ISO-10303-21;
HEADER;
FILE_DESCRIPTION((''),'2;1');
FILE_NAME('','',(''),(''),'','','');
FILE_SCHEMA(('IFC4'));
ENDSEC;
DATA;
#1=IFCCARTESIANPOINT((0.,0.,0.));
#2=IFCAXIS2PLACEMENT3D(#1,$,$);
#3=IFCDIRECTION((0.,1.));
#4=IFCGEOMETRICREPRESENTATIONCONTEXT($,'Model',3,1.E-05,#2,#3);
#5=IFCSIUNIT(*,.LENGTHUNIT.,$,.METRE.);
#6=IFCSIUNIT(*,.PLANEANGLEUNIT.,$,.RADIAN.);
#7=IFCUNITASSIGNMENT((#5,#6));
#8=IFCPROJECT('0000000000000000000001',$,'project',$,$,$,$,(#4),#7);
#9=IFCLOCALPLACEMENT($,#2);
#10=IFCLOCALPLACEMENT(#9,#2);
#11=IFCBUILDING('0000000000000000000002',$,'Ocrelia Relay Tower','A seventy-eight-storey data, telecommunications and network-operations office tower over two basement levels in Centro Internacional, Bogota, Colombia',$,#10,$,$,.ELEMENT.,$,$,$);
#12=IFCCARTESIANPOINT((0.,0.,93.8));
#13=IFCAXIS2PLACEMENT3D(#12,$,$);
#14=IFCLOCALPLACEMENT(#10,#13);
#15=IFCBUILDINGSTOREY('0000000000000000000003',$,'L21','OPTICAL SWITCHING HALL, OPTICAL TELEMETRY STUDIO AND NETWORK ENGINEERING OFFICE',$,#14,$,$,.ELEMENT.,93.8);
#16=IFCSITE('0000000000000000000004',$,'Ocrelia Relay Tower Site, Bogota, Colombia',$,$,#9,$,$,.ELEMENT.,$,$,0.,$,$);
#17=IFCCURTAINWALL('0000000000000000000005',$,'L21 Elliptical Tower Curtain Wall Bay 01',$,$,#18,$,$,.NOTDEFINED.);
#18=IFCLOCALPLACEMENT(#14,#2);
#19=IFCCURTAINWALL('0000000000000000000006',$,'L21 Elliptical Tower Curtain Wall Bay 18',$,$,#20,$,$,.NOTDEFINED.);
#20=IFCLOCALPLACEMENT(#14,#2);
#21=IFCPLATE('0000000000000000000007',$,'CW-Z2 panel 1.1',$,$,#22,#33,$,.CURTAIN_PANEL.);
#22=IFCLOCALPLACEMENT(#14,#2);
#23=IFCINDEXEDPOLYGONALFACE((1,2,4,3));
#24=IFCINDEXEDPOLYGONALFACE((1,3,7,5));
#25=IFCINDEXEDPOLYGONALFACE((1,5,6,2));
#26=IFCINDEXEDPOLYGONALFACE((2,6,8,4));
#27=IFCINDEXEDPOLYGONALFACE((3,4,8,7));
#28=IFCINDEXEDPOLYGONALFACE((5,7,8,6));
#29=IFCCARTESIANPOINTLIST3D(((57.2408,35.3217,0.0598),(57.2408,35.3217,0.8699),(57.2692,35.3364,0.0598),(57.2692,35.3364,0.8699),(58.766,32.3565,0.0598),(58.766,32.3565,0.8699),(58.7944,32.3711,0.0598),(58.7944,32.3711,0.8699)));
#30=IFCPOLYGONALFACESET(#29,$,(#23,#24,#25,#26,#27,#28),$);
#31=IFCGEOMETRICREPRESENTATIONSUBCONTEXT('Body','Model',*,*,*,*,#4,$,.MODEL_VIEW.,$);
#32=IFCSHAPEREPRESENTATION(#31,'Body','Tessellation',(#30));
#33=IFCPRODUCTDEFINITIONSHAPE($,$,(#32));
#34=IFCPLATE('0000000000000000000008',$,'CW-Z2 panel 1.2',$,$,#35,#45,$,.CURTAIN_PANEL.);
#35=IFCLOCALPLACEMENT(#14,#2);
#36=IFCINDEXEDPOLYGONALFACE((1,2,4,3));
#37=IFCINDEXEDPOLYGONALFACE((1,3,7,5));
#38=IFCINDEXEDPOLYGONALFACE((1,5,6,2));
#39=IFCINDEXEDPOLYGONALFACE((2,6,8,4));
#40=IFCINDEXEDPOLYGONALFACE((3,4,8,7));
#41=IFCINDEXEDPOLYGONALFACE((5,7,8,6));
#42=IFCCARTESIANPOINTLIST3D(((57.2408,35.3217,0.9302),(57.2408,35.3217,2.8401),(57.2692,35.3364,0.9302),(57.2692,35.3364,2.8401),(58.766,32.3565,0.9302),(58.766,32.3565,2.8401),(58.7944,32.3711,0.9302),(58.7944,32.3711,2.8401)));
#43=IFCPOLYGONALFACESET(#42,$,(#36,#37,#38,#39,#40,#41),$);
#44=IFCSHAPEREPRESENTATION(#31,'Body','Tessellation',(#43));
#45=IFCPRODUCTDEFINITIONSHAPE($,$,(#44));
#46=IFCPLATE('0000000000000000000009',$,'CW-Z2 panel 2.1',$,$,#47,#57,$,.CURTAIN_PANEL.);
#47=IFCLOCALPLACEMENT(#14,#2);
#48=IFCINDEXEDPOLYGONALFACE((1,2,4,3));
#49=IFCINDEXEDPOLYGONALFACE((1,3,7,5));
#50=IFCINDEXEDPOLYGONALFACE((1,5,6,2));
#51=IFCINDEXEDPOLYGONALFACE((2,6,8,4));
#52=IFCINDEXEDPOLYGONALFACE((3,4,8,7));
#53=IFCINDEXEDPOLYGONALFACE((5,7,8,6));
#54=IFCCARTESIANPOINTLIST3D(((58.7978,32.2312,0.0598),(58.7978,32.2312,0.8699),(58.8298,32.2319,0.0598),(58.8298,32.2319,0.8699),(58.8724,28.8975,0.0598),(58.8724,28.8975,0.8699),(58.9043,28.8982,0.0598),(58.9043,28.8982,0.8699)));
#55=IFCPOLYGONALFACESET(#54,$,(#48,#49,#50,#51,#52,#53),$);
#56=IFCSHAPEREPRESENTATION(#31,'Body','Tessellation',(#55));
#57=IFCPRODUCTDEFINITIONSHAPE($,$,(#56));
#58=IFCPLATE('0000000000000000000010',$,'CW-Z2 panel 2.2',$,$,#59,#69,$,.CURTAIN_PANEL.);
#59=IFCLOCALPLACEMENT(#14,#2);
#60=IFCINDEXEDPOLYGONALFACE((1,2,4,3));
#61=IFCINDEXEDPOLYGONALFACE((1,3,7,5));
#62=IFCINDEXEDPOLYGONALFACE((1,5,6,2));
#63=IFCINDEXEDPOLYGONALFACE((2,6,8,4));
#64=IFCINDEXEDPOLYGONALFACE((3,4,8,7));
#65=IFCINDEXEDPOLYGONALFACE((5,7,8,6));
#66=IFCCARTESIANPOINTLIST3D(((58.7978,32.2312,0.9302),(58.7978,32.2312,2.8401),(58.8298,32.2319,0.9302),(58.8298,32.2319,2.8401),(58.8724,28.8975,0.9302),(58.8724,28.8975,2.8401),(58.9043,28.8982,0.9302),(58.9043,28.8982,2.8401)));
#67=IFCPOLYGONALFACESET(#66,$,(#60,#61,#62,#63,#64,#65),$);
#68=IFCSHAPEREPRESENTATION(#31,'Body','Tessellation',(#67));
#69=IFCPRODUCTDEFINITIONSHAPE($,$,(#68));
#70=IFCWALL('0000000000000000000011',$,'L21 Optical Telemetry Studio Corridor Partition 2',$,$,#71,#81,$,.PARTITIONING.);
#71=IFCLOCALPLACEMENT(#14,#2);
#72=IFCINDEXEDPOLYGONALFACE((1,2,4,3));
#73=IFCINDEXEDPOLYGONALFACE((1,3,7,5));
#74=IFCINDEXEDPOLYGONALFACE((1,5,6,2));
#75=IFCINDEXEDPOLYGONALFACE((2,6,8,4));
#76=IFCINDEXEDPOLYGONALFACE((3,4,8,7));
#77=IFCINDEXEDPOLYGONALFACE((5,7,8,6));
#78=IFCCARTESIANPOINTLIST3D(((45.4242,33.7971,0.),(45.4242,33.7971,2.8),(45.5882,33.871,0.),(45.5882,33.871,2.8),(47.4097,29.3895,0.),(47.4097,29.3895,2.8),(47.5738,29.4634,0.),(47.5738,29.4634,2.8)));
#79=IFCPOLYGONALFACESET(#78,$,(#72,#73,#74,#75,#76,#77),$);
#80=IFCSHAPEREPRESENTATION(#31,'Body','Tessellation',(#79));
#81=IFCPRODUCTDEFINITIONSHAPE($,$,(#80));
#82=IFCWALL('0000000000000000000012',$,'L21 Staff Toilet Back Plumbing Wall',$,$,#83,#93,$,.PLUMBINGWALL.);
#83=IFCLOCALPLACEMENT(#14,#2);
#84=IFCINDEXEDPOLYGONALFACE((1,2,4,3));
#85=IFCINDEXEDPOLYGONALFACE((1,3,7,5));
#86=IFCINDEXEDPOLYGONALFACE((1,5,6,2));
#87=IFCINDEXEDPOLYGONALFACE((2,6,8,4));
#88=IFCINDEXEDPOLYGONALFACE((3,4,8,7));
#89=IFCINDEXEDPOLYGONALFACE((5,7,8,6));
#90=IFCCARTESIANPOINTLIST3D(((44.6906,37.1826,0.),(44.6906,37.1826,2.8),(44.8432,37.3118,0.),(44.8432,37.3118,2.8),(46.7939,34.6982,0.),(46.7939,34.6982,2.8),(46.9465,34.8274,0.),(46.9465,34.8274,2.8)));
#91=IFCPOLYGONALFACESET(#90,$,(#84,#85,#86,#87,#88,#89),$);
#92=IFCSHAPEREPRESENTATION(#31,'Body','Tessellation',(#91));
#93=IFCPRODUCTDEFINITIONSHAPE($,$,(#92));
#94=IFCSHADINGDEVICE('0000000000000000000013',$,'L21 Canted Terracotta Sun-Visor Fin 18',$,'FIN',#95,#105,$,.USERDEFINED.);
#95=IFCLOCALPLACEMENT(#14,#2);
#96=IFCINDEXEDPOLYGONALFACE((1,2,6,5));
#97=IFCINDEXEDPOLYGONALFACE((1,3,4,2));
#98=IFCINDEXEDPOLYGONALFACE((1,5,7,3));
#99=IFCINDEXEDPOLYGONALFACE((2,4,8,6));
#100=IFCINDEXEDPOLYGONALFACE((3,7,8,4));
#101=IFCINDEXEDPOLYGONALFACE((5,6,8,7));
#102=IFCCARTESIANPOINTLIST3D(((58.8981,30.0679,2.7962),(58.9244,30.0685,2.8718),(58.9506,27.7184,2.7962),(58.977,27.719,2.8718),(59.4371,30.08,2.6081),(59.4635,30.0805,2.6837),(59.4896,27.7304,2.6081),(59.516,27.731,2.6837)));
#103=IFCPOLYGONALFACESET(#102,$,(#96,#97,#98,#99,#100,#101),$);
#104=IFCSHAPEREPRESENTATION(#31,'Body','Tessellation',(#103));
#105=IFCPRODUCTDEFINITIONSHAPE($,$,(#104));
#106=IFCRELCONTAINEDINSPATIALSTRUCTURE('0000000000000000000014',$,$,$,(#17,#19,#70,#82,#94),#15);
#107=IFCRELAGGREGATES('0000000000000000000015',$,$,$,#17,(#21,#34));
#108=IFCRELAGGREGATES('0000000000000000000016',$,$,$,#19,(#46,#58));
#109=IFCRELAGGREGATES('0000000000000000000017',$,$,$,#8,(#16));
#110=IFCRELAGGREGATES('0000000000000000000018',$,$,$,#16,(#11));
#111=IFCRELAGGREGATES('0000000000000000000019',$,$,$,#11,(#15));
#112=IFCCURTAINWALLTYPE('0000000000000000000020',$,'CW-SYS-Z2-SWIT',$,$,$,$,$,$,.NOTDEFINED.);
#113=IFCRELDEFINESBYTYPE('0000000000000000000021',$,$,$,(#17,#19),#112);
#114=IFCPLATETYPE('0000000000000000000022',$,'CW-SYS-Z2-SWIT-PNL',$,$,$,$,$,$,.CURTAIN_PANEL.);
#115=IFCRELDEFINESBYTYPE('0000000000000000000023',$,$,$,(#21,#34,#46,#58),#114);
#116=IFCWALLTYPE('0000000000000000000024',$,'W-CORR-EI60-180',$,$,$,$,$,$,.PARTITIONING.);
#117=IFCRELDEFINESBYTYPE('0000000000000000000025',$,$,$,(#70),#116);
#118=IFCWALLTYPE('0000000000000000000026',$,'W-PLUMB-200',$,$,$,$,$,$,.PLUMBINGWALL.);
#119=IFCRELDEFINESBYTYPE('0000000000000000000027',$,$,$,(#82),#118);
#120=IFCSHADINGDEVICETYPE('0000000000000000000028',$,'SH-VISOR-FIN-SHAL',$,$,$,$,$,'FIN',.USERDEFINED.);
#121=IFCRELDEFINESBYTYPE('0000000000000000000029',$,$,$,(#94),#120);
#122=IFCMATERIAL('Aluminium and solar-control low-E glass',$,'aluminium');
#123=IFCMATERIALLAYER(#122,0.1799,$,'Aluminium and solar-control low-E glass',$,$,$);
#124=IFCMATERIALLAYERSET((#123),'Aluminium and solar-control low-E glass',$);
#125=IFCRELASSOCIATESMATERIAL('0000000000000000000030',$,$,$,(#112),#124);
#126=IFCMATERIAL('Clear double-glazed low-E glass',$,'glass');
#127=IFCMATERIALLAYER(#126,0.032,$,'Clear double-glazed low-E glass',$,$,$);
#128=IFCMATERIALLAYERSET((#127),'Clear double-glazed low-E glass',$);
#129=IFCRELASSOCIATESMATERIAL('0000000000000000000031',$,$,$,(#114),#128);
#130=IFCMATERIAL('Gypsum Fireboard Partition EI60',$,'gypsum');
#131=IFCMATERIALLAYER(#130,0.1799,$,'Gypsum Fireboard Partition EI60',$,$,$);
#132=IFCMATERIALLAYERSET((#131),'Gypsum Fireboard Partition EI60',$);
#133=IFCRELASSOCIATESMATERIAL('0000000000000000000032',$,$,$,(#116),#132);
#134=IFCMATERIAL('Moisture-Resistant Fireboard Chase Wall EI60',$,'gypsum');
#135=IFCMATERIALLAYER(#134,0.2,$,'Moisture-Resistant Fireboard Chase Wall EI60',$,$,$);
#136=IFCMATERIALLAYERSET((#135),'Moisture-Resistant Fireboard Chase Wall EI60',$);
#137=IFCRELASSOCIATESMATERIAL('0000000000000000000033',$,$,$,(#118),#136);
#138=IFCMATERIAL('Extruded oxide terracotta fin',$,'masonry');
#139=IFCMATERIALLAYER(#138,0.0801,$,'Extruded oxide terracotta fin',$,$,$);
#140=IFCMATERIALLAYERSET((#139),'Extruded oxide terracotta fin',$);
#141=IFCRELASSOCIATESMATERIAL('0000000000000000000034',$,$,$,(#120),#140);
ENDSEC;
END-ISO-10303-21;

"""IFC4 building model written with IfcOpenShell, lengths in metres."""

from ifc_helpers import new_model, si_unit, direction, frame, frame_2d, origin, origin_2d, place, context, subcontext, project, spatial, rectangle, extrude, material, layer, layer_set, type_object, element, aggregate, save


model = new_model("IFC4")

# Units and contexts
model_context = context("Model", 3, precision=1e-05, world=origin(), true_north=direction((0.0, 1.0)))
body_context = subcontext(model_context, "Body", "Model", "MODEL_VIEW")
ifc_project = project(units=[si_unit("LENGTHUNIT", "METRE"), si_unit("PLANEANGLEUNIT", "RADIAN")], contexts=[model_context])

# Site, building, storey
site_placement = place(None, origin())
site = spatial("IfcSite", under=ifc_project, at=site_placement, Name="Ocrelia Relay Tower Site, Bogota, Colombia", CompositionType="ELEMENT", RefElevation=0.0)
building_placement = place(site_placement, origin())
building = spatial("IfcBuilding", under=site, at=building_placement, Name="Ocrelia Relay Tower", Description="A seventy-eight-storey data, telecommunications and network-operations office tower over two basement levels in Centro Internacional, Bogota, Colombia", CompositionType="ELEMENT")
storey_placement = place(building_placement, frame((0.0, 0.0, 93.8)))
storey = spatial("IfcBuildingStorey", under=building, at=storey_placement, Name="L21", Description="OPTICAL SWITCHING HALL, OPTICAL TELEMETRY STUDIO AND NETWORK ENGINEERING OFFICE", CompositionType="ELEMENT", Elevation=93.8)

# Curtain walls
ifc_material_1 = material(Name="Aluminium and solar-control low-E glass", Category="aluminium")
ifc_layer_1 = layer(ifc_material_1, 0.1799, Name="Aluminium and solar-control low-E glass")
ifc_layer_set_1 = layer_set([ifc_layer_1], Name="Aluminium and solar-control low-E glass")
curtain_wall_type = type_object("IfcCurtainWallType", Name="CW-SYS-Z2-SWIT", PredefinedType="NOTDEFINED", material=ifc_layer_set_1)
curtain_wall_1_placement = place(storey_placement, origin())
curtain_wall_1 = element("IfcCurtainWall", 1, at=curtain_wall_1_placement, inside=storey, type_object=curtain_wall_type, Name="L21 Elliptical Tower Curtain Wall Bay 01", PredefinedType="NOTDEFINED")
curtain_wall_2_placement = place(storey_placement, origin())
curtain_wall_2 = element("IfcCurtainWall", 2, at=curtain_wall_2_placement, inside=storey, type_object=curtain_wall_type, Name="L21 Elliptical Tower Curtain Wall Bay 18", PredefinedType="NOTDEFINED")

# Plates
ifc_material_2 = material(Name="Clear double-glazed low-E glass", Category="glass")
ifc_layer_2 = layer(ifc_material_2, 0.032, Name="Clear double-glazed low-E glass")
ifc_layer_set_2 = layer_set([ifc_layer_2], Name="Clear double-glazed low-E glass")
plate_type = type_object("IfcPlateType", Name="CW-SYS-Z2-SWIT-PNL", PredefinedType="CURTAIN_PANEL", material=ifc_layer_set_2)
plate_1_placement = place(storey_placement, frame((58.0176, 33.8464, 0.0598), z_axis=(0.0, 0.0, 1.0), x_axis=(-0.457401, 0.889261, 0.0)))
plate_1 = element("IfcPlate", 3, at=plate_1_placement, type_object=plate_type, Name="CW-Z2 panel 1.1", PredefinedType="CURTAIN_PANEL", context=body_context, shape_type="SweptSolid", body=[
    extrude(rectangle(XDim=3.3345, YDim=0.032, at=origin_2d()), origin(), (0.0, 0.0, 1.0), 0.8101),
])
plate_2_placement = place(storey_placement, frame((58.0176, 33.8464, 0.9302), z_axis=(0.0, 0.0, 1.0), x_axis=(-0.457401, 0.889261, 0.0)))
plate_2 = element("IfcPlate", 4, at=plate_2_placement, type_object=plate_type, Name="CW-Z2 panel 1.2", PredefinedType="CURTAIN_PANEL", context=body_context, shape_type="SweptSolid", body=[
    extrude(rectangle(XDim=3.3345, YDim=0.032, at=origin_2d()), origin(), (0.0, 0.0, 1.0), 1.9099),
])
aggregate(curtain_wall_1, [plate_1, plate_2])
plate_3_placement = place(storey_placement, frame((58.8511, 30.5647, 0.0598), z_axis=(0.0, 0.0, 1.0), x_axis=(-0.022358, 0.99975, 0.0)))
plate_3 = element("IfcPlate", 5, at=plate_3_placement, type_object=plate_type, Name="CW-Z2 panel 2.1", PredefinedType="CURTAIN_PANEL", context=body_context, shape_type="SweptSolid", body=[
    extrude(rectangle(XDim=3.3345, YDim=0.032, at=origin_2d()), origin(), (0.0, 0.0, 1.0), 0.8101),
])
plate_4_placement = place(storey_placement, frame((58.8511, 30.5647, 0.9302), z_axis=(0.0, 0.0, 1.0), x_axis=(-0.022358, 0.99975, 0.0)))
plate_4 = element("IfcPlate", 6, at=plate_4_placement, type_object=plate_type, Name="CW-Z2 panel 2.2", PredefinedType="CURTAIN_PANEL", context=body_context, shape_type="SweptSolid", body=[
    extrude(rectangle(XDim=3.3345, YDim=0.032, at=origin_2d()), origin(), (0.0, 0.0, 1.0), 1.9099),
])
aggregate(curtain_wall_2, [plate_3, plate_4])

# Walls
ifc_material_3 = material(Name="Gypsum Fireboard Partition EI60", Category="gypsum")
ifc_layer_3 = layer(ifc_material_3, 0.1799, Name="Gypsum Fireboard Partition EI60")
ifc_layer_set_3 = layer_set([ifc_layer_3], Name="Gypsum Fireboard Partition EI60")
wall_type_1 = type_object("IfcWallType", Name="W-CORR-EI60-180", PredefinedType="PARTITIONING", material=ifc_layer_set_3)
wall_1_placement = place(storey_placement, frame((47.4917, 29.4265, 0.0), z_axis=(0.0, 0.0, 1.0), x_axis=(-0.41073, 0.911757, 0.0)))
element("IfcWall", 7, at=wall_1_placement, inside=storey, type_object=wall_type_1, Name="L21 Optical Telemetry Studio Corridor Partition 2", PredefinedType="PARTITIONING", context=body_context, shape_type="SweptSolid", body=[
    extrude(rectangle(XDim=4.8342, YDim=0.1799, at=frame_2d((2.417, 0.0))), origin(), (0.0, 0.0, 1.0), 2.8),
])
ifc_material_4 = material(Name="Moisture-Resistant Fireboard Chase Wall EI60", Category="gypsum")
ifc_layer_4 = layer(ifc_material_4, 0.2, Name="Moisture-Resistant Fireboard Chase Wall EI60")
ifc_layer_set_4 = layer_set([ifc_layer_4], Name="Moisture-Resistant Fireboard Chase Wall EI60")
wall_type_2 = type_object("IfcWallType", Name="W-PLUMB-200", PredefinedType="PLUMBINGWALL", material=ifc_layer_set_4)
wall_2_placement = place(storey_placement, frame((46.8701, 34.7629, 0.0), z_axis=(0.0, 0.0, 1.0), x_axis=(-0.646141, 0.763218, 0.0)))
element("IfcWall", 8, at=wall_2_placement, inside=storey, type_object=wall_type_2, Name="L21 Staff Toilet Back Plumbing Wall", PredefinedType="PLUMBINGWALL", context=body_context, shape_type="SweptSolid", body=[
    extrude(rectangle(XDim=3.2551, YDim=0.2, at=frame_2d((1.6274, 0.0))), origin(), (0.0, 0.0, 1.0), 2.8),
])

# Shading device
ifc_material_5 = material(Name="Extruded oxide terracotta fin", Category="masonry")
ifc_layer_5 = layer(ifc_material_5, 0.0801, Name="Extruded oxide terracotta fin")
ifc_layer_set_5 = layer_set([ifc_layer_5], Name="Extruded oxide terracotta fin")
shading_device_type = type_object("IfcShadingDeviceType", Name="SH-VISOR-FIN-SHAL", ElementType="FIN", PredefinedType="USERDEFINED", material=ifc_layer_set_5)
shading_device_placement = place(storey_placement, frame((59.1938, 28.8992, 2.7021), z_axis=(0.329279, 0.007364, 0.944204), x_axis=(-0.022358, 0.99975, 0.0)))
element("IfcShadingDevice", 9, at=shading_device_placement, inside=storey, type_object=shading_device_type, Name="L21 Canted Terracotta Sun-Visor Fin 18", ObjectType="FIN", PredefinedType="USERDEFINED", context=body_context, shape_type="SweptSolid", body=[
    extrude(rectangle(XDim=2.3501, YDim=0.571, at=origin_2d()), origin(), (0.0, 0.0, 1.0), 0.0801),
])

save(model, "model.ifc")
